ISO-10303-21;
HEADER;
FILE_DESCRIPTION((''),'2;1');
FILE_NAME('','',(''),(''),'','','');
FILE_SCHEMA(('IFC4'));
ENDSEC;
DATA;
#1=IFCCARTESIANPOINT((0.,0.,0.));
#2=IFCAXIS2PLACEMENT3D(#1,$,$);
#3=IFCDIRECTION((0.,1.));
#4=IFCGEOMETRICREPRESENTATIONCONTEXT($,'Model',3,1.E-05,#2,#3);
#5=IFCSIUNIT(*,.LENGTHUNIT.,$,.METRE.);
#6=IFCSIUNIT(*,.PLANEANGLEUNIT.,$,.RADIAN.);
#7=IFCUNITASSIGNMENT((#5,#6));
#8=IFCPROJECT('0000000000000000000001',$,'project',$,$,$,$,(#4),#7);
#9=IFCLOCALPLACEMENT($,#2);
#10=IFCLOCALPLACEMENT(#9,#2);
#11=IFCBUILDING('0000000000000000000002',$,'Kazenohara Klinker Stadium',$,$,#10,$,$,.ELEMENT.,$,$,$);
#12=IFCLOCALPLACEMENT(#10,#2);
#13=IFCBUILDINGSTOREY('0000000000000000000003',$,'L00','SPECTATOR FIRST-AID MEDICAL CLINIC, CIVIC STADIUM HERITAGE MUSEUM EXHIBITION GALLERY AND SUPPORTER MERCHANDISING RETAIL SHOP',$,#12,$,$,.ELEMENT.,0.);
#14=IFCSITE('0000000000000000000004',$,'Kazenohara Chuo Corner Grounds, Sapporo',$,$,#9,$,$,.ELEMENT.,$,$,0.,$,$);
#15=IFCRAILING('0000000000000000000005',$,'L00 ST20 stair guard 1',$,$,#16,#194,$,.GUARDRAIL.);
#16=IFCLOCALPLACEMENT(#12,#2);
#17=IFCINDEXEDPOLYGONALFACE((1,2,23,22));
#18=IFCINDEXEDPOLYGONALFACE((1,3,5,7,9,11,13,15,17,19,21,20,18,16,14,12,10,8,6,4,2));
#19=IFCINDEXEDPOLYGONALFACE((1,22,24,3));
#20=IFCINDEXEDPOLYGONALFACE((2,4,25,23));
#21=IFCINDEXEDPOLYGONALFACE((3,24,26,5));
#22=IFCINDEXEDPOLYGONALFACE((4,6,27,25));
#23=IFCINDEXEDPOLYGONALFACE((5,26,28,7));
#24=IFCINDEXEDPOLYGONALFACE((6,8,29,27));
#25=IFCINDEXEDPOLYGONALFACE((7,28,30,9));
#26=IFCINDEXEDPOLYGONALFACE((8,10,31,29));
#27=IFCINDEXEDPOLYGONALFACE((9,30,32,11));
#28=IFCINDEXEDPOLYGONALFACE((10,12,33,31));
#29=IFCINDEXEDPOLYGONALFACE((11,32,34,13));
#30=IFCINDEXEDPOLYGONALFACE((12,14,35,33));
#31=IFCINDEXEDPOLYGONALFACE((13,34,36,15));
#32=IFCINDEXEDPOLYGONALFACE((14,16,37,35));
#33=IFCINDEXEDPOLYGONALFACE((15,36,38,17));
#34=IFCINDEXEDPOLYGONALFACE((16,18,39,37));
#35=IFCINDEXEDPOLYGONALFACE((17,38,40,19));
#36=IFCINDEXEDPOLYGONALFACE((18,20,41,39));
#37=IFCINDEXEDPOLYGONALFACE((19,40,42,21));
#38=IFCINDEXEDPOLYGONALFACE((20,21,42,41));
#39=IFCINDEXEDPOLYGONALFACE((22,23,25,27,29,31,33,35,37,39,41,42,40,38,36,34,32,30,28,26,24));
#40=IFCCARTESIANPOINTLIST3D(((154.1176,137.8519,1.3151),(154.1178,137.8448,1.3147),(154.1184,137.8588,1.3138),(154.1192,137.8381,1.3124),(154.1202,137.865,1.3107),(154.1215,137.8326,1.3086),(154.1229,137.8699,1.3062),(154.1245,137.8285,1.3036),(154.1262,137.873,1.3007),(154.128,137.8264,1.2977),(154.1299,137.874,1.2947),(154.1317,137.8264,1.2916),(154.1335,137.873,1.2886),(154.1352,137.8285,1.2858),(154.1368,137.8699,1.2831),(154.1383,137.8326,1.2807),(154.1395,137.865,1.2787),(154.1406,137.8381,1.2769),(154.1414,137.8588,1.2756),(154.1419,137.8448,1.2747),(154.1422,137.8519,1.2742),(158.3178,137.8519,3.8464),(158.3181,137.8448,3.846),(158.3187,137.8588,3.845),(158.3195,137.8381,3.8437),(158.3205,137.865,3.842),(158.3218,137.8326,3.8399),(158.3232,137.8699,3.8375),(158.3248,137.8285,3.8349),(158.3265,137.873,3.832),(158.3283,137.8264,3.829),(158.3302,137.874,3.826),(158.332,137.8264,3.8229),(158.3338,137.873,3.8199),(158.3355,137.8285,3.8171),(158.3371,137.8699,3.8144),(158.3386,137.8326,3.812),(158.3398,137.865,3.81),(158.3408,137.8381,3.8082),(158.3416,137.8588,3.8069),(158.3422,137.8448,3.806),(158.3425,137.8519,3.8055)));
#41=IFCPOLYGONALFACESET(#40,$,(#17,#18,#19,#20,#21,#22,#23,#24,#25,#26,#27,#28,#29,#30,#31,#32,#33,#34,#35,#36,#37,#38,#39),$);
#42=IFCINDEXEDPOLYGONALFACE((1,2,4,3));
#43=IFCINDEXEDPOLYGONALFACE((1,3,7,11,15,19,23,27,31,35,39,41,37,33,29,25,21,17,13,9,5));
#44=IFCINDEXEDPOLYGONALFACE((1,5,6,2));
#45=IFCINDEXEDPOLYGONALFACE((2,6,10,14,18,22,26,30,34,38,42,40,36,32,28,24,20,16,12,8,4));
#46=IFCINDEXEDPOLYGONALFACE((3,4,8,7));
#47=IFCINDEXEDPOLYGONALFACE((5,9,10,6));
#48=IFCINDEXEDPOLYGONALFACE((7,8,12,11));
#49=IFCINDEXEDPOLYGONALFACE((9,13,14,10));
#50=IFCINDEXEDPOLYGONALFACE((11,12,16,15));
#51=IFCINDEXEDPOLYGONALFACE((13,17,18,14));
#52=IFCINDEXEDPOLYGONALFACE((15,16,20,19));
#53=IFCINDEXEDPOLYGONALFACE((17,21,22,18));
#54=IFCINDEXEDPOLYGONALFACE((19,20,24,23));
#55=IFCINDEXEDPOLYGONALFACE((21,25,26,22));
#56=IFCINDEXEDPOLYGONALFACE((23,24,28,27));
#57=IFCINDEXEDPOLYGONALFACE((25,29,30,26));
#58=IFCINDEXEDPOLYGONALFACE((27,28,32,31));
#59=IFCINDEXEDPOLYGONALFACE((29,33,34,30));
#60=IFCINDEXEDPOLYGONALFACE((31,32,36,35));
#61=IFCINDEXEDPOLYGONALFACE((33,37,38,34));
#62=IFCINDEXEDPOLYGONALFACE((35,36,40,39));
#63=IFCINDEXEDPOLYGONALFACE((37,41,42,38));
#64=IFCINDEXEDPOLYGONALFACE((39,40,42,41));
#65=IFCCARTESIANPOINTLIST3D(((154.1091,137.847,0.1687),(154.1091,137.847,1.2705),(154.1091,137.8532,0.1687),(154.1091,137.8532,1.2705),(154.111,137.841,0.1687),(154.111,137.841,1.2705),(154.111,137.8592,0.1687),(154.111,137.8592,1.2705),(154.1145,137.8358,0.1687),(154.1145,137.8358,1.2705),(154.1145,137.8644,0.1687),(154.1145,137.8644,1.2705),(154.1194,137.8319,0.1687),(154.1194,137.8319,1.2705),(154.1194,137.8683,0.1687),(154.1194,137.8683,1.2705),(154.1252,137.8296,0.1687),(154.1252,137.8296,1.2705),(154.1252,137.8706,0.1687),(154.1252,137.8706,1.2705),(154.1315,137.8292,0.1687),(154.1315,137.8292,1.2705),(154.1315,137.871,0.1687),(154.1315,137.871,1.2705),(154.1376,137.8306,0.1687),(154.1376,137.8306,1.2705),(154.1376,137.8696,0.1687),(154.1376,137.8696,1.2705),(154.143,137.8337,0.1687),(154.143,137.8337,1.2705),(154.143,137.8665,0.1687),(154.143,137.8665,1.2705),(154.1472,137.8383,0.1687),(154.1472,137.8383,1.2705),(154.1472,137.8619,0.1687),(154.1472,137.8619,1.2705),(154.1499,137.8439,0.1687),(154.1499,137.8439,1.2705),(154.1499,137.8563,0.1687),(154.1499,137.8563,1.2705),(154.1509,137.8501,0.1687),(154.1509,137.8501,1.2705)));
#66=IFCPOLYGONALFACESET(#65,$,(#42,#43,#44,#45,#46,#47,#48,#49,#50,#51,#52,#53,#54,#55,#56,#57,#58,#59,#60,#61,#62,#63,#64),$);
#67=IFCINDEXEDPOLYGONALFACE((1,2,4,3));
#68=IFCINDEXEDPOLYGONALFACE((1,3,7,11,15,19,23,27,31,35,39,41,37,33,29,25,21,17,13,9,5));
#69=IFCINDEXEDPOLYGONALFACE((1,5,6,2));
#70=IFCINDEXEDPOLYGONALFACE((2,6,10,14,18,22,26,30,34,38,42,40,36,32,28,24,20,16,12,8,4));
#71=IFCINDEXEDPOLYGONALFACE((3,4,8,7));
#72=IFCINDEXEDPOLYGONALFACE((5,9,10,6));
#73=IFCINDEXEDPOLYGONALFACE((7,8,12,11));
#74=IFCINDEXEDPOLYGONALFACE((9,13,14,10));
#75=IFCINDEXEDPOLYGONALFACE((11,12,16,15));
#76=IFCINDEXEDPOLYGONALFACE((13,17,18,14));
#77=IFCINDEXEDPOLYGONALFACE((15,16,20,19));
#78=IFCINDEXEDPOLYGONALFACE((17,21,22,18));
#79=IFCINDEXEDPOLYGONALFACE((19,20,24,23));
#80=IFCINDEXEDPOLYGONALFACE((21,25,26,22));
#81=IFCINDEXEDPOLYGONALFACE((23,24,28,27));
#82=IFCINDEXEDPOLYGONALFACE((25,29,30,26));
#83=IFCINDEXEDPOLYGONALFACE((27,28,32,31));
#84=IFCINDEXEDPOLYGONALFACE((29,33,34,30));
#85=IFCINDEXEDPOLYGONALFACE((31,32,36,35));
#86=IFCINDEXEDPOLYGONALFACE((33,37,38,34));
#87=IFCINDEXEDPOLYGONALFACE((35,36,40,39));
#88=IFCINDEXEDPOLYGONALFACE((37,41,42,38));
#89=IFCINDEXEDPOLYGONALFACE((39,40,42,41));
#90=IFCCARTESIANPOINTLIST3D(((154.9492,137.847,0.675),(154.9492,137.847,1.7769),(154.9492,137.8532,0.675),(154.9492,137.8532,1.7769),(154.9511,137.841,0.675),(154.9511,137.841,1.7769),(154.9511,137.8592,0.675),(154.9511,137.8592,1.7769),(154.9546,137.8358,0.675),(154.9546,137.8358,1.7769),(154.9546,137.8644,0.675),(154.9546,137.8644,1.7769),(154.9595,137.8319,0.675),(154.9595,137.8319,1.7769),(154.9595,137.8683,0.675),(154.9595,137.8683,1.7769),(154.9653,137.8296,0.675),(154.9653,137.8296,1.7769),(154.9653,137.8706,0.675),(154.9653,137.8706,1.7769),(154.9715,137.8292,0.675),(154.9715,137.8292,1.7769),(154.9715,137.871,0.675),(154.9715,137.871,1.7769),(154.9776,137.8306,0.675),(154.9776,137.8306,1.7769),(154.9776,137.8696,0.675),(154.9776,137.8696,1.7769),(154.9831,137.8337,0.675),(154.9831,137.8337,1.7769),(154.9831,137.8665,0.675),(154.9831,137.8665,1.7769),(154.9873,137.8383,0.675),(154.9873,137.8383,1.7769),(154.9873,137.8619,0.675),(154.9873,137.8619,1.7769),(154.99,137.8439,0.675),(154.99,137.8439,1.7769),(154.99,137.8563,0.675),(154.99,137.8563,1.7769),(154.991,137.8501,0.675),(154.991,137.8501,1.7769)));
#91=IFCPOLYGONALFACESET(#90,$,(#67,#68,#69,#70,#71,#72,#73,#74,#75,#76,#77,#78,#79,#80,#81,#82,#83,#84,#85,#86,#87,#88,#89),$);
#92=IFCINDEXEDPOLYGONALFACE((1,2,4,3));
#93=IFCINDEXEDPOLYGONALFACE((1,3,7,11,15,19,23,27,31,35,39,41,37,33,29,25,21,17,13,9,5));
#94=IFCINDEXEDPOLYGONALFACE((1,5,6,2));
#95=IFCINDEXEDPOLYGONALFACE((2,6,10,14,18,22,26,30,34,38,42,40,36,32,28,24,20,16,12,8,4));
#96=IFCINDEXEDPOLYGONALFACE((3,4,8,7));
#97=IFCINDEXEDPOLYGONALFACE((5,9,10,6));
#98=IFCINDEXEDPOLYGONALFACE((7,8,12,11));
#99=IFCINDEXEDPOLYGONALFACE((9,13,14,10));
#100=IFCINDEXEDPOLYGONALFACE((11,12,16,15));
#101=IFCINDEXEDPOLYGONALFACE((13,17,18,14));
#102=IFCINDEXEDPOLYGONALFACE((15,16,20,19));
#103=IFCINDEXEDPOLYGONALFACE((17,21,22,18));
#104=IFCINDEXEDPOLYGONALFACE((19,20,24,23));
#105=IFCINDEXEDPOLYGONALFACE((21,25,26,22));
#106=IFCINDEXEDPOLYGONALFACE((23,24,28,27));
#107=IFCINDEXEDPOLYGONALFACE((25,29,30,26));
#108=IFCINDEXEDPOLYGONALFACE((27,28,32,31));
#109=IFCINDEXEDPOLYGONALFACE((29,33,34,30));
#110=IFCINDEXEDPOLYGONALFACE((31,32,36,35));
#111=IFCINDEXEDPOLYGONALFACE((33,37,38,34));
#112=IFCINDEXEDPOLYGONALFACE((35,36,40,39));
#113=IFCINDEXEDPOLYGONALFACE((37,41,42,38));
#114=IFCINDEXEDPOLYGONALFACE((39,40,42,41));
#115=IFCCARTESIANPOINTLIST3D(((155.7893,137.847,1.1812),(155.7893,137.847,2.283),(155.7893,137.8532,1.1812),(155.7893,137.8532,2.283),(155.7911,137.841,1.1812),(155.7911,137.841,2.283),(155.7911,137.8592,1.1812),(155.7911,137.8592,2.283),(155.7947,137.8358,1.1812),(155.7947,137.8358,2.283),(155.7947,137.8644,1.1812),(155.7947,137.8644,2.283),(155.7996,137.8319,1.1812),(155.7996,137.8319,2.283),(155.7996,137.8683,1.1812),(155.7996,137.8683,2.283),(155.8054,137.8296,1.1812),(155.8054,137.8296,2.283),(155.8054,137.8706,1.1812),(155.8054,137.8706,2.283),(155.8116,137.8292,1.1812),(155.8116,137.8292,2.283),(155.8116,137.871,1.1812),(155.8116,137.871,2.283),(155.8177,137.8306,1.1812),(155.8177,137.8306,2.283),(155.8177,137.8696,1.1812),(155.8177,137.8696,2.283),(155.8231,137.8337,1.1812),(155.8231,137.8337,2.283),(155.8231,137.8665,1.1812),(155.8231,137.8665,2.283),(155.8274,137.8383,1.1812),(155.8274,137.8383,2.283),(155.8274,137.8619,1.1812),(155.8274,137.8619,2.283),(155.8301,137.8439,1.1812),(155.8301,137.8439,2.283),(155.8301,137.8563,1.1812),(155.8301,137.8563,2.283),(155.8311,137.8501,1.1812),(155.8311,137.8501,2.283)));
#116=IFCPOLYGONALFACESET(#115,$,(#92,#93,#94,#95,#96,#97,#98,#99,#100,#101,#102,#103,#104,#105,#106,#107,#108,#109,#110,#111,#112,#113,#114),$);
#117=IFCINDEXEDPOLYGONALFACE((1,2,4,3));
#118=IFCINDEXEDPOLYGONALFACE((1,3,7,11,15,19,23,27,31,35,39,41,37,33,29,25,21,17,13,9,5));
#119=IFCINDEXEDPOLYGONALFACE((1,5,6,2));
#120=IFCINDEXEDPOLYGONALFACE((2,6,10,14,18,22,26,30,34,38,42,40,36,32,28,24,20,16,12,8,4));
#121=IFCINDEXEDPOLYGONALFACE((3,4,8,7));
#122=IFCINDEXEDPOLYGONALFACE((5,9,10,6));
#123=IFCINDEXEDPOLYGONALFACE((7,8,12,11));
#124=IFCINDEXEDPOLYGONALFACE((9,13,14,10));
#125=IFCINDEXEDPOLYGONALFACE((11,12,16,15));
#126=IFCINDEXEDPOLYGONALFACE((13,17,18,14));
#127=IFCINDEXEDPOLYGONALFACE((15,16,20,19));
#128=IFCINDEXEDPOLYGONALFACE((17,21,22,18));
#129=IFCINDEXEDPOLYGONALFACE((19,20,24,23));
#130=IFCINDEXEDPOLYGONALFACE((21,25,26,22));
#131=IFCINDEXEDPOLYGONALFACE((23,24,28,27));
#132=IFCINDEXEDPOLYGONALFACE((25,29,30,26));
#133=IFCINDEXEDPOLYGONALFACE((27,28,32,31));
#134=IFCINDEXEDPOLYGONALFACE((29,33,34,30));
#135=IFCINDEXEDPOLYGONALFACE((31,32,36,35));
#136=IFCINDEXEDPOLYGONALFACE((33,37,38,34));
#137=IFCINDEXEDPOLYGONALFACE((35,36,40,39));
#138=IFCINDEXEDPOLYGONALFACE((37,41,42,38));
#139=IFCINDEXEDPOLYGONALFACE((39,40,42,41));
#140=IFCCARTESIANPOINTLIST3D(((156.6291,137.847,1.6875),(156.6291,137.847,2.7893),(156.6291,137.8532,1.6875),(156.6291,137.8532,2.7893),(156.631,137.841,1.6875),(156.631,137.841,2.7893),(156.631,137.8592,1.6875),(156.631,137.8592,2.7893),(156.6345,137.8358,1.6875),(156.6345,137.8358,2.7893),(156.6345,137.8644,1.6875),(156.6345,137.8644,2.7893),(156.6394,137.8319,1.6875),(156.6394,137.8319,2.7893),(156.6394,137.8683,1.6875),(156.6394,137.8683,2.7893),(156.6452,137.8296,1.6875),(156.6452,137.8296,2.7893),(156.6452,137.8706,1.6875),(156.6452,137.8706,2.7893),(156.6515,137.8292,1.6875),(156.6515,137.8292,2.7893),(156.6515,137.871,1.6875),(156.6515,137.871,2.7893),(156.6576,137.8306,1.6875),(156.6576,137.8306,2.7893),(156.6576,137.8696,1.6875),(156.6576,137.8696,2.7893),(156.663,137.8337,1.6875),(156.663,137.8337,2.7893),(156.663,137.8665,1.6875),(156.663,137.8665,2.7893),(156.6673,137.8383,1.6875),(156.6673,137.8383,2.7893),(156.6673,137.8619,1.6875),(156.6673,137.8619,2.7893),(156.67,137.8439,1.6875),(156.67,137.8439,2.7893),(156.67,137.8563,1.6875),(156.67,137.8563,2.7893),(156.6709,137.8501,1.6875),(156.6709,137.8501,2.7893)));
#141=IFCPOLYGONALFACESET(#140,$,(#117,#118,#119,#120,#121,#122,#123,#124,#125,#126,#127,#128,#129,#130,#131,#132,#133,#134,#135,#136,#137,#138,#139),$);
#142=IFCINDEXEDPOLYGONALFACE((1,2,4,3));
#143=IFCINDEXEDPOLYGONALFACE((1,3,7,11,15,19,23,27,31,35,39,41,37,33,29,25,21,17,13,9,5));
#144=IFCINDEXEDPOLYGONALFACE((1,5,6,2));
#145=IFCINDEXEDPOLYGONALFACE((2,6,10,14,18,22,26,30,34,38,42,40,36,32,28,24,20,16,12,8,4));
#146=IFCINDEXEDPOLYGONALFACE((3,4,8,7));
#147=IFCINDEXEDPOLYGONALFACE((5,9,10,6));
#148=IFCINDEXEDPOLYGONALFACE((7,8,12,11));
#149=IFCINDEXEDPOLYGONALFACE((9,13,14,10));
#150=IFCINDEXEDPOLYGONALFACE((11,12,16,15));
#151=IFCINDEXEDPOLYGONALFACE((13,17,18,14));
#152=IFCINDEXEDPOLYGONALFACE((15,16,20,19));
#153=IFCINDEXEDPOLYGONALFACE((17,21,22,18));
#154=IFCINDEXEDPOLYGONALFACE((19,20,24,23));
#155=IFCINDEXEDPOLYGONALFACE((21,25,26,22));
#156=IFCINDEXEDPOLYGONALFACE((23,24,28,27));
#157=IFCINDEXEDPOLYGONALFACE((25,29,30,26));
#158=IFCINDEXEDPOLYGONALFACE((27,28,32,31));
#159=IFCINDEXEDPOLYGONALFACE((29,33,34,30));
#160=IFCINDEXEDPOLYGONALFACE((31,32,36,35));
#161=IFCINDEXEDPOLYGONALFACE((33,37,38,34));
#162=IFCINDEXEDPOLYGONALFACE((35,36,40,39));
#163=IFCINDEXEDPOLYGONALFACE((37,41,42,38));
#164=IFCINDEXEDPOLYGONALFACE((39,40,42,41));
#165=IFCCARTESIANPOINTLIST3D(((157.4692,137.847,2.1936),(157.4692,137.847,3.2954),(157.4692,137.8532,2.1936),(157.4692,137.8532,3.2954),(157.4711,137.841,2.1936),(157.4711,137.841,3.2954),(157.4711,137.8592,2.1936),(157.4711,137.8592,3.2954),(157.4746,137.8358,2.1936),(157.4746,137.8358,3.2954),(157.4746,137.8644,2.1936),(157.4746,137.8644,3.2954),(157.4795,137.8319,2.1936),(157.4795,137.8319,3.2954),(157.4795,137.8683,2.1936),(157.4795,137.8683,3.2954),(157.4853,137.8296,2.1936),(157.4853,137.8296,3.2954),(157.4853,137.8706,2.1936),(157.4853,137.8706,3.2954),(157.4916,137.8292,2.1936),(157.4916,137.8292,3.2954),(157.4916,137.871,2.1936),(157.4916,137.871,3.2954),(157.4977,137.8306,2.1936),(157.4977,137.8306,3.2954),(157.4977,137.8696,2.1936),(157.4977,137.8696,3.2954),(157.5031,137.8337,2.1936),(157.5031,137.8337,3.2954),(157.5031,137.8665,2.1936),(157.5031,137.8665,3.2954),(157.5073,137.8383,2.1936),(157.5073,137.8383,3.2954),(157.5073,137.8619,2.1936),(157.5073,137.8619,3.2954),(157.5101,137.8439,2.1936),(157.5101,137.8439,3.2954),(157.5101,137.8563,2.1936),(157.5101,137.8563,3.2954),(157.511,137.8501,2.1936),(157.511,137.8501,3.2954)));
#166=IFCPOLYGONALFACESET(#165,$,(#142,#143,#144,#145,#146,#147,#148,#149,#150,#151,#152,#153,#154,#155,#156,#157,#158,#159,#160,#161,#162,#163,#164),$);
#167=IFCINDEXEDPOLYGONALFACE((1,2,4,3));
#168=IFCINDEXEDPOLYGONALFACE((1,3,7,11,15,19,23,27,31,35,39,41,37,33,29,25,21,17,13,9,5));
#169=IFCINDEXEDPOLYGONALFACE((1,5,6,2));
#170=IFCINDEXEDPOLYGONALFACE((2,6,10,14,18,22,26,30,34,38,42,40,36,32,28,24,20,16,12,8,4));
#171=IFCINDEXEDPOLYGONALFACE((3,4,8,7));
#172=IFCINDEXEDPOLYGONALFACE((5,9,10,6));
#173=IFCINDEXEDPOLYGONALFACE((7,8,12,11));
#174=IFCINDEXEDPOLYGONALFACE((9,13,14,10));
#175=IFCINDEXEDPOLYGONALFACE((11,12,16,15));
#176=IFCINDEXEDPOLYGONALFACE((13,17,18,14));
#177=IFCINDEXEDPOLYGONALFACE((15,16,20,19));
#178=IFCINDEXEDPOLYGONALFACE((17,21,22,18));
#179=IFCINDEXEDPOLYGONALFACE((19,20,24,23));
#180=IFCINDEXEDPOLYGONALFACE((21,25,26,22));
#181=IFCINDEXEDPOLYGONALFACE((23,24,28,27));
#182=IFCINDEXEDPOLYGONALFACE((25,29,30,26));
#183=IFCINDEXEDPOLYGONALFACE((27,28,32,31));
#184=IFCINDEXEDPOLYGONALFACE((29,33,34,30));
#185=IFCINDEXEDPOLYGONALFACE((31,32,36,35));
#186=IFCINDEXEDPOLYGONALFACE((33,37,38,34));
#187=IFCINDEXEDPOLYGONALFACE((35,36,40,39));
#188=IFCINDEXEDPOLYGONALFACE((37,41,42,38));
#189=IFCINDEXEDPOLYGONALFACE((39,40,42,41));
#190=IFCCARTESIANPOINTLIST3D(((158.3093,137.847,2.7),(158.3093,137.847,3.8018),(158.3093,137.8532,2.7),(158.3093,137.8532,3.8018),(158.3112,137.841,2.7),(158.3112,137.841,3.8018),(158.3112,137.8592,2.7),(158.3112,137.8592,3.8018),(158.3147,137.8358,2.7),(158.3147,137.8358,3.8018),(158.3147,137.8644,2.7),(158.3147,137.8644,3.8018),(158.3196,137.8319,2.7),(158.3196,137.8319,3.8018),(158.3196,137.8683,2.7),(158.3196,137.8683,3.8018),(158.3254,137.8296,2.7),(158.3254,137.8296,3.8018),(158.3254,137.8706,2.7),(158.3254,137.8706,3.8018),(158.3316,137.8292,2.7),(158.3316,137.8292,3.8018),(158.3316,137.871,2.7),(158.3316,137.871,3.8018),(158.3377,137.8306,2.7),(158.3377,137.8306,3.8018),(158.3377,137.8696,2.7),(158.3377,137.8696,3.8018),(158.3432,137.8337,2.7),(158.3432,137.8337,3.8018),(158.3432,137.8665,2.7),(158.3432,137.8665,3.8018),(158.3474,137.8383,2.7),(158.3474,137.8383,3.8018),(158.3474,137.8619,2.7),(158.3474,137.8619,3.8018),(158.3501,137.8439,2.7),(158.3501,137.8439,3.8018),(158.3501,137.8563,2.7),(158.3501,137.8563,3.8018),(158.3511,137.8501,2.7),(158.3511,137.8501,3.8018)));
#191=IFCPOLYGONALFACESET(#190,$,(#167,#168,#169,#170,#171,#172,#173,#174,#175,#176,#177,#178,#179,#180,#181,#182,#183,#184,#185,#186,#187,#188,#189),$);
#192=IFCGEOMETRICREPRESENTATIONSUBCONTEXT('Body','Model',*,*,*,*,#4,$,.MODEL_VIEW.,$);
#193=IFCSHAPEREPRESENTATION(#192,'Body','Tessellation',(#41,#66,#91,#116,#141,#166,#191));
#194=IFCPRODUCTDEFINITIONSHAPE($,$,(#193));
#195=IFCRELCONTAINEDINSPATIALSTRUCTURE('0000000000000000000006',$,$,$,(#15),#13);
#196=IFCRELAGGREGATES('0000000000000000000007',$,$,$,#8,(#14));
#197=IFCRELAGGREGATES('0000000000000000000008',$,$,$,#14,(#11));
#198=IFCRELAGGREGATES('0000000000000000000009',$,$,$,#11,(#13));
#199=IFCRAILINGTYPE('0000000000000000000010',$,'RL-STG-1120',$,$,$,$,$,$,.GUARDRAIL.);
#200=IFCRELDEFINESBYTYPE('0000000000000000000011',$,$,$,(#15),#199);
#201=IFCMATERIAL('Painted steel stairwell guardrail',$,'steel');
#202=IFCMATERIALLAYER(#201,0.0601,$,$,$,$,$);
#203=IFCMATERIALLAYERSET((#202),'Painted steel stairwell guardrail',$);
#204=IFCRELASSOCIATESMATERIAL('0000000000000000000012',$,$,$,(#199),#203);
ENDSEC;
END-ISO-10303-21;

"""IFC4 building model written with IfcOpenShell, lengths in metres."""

from ifc_helpers import new_model, si_unit, direction, frame, origin, origin_2d, place, context, subcontext, project, spatial, circle, extrude, material, layer, layer_set, type_object, element, save


model = new_model("IFC4")

# Units and contexts
model_context = context("Model", 3, precision=1e-05, world=origin(), true_north=direction((0.0, 1.0)))
body_context = subcontext(model_context, "Body", "Model", "MODEL_VIEW")
ifc_project = project(units=[si_unit("LENGTHUNIT", "METRE"), si_unit("PLANEANGLEUNIT", "RADIAN")], contexts=[model_context])

# Site, building, storey
site_placement = place(None, origin())
site = spatial("IfcSite", under=ifc_project, at=site_placement, Name="Kazenohara Chuo Corner Grounds, Sapporo", CompositionType="ELEMENT", RefElevation=0.0)
building_placement = place(site_placement, origin())
building = spatial("IfcBuilding", under=site, at=building_placement, Name="Kazenohara Klinker Stadium", CompositionType="ELEMENT")
storey_placement = place(building_placement, origin())
storey = spatial("IfcBuildingStorey", under=building, at=storey_placement, Name="L00", Description="SPECTATOR FIRST-AID MEDICAL CLINIC, CIVIC STADIUM HERITAGE MUSEUM EXHIBITION GALLERY AND SUPPORTER MERCHANDISING RETAIL SHOP", CompositionType="ELEMENT", Elevation=0.0)

# Railing
ifc_material_1 = material(Name="Painted steel stairwell guardrail", Category="steel")
ifc_layer_1 = layer(ifc_material_1, 0.0601)
ifc_layer_set_1 = layer_set([ifc_layer_1], Name="Painted steel stairwell guardrail")
railing_type_1 = type_object("IfcRailingType", Name="RL-STG-1120", PredefinedType="GUARDRAIL", material=ifc_layer_set_1)
railing_1_placement = place(storey_placement, frame((154.1299, 137.8501, 0.1687)))
element("IfcRailing", 1, at=railing_1_placement, inside=storey, type_object=railing_type_1, Name="L00 ST20 stair guard 1", PredefinedType="GUARDRAIL", context=body_context, shape_type="SweptSolid", body=[
    extrude(circle(Radius=0.0239, at=origin_2d()), frame((0.0, 0.0, 1.126), z_axis=(0.85649, 0.0, 0.516164), x_axis=(0.0, 1.0, 0.0)), (0.0, 0.0, 1.0), 4.9041),
    extrude(circle(Radius=0.021, at=origin_2d()), origin(), (0.0, 0.0, 1.0), 1.1018),
    extrude(circle(Radius=0.021, at=origin_2d()), frame((0.8401, 0.0, 0.5063)), (0.0, 0.0, 1.0), 1.1018),
    extrude(circle(Radius=0.021, at=origin_2d()), frame((1.6802, 0.0, 1.0125)), (0.0, 0.0, 1.0), 1.1018),
    extrude(circle(Radius=0.021, at=origin_2d()), frame((2.52, 0.0, 1.5188)), (0.0, 0.0, 1.0), 1.1018),
    extrude(circle(Radius=0.021, at=origin_2d()), frame((3.3601, 0.0, 2.0249)), (0.0, 0.0, 1.0), 1.1018),
    extrude(circle(Radius=0.021, at=origin_2d()), frame((4.2002, 0.0, 2.5312)), (0.0, 0.0, 1.0), 1.1018),
])

save(model, "model.ifc")
